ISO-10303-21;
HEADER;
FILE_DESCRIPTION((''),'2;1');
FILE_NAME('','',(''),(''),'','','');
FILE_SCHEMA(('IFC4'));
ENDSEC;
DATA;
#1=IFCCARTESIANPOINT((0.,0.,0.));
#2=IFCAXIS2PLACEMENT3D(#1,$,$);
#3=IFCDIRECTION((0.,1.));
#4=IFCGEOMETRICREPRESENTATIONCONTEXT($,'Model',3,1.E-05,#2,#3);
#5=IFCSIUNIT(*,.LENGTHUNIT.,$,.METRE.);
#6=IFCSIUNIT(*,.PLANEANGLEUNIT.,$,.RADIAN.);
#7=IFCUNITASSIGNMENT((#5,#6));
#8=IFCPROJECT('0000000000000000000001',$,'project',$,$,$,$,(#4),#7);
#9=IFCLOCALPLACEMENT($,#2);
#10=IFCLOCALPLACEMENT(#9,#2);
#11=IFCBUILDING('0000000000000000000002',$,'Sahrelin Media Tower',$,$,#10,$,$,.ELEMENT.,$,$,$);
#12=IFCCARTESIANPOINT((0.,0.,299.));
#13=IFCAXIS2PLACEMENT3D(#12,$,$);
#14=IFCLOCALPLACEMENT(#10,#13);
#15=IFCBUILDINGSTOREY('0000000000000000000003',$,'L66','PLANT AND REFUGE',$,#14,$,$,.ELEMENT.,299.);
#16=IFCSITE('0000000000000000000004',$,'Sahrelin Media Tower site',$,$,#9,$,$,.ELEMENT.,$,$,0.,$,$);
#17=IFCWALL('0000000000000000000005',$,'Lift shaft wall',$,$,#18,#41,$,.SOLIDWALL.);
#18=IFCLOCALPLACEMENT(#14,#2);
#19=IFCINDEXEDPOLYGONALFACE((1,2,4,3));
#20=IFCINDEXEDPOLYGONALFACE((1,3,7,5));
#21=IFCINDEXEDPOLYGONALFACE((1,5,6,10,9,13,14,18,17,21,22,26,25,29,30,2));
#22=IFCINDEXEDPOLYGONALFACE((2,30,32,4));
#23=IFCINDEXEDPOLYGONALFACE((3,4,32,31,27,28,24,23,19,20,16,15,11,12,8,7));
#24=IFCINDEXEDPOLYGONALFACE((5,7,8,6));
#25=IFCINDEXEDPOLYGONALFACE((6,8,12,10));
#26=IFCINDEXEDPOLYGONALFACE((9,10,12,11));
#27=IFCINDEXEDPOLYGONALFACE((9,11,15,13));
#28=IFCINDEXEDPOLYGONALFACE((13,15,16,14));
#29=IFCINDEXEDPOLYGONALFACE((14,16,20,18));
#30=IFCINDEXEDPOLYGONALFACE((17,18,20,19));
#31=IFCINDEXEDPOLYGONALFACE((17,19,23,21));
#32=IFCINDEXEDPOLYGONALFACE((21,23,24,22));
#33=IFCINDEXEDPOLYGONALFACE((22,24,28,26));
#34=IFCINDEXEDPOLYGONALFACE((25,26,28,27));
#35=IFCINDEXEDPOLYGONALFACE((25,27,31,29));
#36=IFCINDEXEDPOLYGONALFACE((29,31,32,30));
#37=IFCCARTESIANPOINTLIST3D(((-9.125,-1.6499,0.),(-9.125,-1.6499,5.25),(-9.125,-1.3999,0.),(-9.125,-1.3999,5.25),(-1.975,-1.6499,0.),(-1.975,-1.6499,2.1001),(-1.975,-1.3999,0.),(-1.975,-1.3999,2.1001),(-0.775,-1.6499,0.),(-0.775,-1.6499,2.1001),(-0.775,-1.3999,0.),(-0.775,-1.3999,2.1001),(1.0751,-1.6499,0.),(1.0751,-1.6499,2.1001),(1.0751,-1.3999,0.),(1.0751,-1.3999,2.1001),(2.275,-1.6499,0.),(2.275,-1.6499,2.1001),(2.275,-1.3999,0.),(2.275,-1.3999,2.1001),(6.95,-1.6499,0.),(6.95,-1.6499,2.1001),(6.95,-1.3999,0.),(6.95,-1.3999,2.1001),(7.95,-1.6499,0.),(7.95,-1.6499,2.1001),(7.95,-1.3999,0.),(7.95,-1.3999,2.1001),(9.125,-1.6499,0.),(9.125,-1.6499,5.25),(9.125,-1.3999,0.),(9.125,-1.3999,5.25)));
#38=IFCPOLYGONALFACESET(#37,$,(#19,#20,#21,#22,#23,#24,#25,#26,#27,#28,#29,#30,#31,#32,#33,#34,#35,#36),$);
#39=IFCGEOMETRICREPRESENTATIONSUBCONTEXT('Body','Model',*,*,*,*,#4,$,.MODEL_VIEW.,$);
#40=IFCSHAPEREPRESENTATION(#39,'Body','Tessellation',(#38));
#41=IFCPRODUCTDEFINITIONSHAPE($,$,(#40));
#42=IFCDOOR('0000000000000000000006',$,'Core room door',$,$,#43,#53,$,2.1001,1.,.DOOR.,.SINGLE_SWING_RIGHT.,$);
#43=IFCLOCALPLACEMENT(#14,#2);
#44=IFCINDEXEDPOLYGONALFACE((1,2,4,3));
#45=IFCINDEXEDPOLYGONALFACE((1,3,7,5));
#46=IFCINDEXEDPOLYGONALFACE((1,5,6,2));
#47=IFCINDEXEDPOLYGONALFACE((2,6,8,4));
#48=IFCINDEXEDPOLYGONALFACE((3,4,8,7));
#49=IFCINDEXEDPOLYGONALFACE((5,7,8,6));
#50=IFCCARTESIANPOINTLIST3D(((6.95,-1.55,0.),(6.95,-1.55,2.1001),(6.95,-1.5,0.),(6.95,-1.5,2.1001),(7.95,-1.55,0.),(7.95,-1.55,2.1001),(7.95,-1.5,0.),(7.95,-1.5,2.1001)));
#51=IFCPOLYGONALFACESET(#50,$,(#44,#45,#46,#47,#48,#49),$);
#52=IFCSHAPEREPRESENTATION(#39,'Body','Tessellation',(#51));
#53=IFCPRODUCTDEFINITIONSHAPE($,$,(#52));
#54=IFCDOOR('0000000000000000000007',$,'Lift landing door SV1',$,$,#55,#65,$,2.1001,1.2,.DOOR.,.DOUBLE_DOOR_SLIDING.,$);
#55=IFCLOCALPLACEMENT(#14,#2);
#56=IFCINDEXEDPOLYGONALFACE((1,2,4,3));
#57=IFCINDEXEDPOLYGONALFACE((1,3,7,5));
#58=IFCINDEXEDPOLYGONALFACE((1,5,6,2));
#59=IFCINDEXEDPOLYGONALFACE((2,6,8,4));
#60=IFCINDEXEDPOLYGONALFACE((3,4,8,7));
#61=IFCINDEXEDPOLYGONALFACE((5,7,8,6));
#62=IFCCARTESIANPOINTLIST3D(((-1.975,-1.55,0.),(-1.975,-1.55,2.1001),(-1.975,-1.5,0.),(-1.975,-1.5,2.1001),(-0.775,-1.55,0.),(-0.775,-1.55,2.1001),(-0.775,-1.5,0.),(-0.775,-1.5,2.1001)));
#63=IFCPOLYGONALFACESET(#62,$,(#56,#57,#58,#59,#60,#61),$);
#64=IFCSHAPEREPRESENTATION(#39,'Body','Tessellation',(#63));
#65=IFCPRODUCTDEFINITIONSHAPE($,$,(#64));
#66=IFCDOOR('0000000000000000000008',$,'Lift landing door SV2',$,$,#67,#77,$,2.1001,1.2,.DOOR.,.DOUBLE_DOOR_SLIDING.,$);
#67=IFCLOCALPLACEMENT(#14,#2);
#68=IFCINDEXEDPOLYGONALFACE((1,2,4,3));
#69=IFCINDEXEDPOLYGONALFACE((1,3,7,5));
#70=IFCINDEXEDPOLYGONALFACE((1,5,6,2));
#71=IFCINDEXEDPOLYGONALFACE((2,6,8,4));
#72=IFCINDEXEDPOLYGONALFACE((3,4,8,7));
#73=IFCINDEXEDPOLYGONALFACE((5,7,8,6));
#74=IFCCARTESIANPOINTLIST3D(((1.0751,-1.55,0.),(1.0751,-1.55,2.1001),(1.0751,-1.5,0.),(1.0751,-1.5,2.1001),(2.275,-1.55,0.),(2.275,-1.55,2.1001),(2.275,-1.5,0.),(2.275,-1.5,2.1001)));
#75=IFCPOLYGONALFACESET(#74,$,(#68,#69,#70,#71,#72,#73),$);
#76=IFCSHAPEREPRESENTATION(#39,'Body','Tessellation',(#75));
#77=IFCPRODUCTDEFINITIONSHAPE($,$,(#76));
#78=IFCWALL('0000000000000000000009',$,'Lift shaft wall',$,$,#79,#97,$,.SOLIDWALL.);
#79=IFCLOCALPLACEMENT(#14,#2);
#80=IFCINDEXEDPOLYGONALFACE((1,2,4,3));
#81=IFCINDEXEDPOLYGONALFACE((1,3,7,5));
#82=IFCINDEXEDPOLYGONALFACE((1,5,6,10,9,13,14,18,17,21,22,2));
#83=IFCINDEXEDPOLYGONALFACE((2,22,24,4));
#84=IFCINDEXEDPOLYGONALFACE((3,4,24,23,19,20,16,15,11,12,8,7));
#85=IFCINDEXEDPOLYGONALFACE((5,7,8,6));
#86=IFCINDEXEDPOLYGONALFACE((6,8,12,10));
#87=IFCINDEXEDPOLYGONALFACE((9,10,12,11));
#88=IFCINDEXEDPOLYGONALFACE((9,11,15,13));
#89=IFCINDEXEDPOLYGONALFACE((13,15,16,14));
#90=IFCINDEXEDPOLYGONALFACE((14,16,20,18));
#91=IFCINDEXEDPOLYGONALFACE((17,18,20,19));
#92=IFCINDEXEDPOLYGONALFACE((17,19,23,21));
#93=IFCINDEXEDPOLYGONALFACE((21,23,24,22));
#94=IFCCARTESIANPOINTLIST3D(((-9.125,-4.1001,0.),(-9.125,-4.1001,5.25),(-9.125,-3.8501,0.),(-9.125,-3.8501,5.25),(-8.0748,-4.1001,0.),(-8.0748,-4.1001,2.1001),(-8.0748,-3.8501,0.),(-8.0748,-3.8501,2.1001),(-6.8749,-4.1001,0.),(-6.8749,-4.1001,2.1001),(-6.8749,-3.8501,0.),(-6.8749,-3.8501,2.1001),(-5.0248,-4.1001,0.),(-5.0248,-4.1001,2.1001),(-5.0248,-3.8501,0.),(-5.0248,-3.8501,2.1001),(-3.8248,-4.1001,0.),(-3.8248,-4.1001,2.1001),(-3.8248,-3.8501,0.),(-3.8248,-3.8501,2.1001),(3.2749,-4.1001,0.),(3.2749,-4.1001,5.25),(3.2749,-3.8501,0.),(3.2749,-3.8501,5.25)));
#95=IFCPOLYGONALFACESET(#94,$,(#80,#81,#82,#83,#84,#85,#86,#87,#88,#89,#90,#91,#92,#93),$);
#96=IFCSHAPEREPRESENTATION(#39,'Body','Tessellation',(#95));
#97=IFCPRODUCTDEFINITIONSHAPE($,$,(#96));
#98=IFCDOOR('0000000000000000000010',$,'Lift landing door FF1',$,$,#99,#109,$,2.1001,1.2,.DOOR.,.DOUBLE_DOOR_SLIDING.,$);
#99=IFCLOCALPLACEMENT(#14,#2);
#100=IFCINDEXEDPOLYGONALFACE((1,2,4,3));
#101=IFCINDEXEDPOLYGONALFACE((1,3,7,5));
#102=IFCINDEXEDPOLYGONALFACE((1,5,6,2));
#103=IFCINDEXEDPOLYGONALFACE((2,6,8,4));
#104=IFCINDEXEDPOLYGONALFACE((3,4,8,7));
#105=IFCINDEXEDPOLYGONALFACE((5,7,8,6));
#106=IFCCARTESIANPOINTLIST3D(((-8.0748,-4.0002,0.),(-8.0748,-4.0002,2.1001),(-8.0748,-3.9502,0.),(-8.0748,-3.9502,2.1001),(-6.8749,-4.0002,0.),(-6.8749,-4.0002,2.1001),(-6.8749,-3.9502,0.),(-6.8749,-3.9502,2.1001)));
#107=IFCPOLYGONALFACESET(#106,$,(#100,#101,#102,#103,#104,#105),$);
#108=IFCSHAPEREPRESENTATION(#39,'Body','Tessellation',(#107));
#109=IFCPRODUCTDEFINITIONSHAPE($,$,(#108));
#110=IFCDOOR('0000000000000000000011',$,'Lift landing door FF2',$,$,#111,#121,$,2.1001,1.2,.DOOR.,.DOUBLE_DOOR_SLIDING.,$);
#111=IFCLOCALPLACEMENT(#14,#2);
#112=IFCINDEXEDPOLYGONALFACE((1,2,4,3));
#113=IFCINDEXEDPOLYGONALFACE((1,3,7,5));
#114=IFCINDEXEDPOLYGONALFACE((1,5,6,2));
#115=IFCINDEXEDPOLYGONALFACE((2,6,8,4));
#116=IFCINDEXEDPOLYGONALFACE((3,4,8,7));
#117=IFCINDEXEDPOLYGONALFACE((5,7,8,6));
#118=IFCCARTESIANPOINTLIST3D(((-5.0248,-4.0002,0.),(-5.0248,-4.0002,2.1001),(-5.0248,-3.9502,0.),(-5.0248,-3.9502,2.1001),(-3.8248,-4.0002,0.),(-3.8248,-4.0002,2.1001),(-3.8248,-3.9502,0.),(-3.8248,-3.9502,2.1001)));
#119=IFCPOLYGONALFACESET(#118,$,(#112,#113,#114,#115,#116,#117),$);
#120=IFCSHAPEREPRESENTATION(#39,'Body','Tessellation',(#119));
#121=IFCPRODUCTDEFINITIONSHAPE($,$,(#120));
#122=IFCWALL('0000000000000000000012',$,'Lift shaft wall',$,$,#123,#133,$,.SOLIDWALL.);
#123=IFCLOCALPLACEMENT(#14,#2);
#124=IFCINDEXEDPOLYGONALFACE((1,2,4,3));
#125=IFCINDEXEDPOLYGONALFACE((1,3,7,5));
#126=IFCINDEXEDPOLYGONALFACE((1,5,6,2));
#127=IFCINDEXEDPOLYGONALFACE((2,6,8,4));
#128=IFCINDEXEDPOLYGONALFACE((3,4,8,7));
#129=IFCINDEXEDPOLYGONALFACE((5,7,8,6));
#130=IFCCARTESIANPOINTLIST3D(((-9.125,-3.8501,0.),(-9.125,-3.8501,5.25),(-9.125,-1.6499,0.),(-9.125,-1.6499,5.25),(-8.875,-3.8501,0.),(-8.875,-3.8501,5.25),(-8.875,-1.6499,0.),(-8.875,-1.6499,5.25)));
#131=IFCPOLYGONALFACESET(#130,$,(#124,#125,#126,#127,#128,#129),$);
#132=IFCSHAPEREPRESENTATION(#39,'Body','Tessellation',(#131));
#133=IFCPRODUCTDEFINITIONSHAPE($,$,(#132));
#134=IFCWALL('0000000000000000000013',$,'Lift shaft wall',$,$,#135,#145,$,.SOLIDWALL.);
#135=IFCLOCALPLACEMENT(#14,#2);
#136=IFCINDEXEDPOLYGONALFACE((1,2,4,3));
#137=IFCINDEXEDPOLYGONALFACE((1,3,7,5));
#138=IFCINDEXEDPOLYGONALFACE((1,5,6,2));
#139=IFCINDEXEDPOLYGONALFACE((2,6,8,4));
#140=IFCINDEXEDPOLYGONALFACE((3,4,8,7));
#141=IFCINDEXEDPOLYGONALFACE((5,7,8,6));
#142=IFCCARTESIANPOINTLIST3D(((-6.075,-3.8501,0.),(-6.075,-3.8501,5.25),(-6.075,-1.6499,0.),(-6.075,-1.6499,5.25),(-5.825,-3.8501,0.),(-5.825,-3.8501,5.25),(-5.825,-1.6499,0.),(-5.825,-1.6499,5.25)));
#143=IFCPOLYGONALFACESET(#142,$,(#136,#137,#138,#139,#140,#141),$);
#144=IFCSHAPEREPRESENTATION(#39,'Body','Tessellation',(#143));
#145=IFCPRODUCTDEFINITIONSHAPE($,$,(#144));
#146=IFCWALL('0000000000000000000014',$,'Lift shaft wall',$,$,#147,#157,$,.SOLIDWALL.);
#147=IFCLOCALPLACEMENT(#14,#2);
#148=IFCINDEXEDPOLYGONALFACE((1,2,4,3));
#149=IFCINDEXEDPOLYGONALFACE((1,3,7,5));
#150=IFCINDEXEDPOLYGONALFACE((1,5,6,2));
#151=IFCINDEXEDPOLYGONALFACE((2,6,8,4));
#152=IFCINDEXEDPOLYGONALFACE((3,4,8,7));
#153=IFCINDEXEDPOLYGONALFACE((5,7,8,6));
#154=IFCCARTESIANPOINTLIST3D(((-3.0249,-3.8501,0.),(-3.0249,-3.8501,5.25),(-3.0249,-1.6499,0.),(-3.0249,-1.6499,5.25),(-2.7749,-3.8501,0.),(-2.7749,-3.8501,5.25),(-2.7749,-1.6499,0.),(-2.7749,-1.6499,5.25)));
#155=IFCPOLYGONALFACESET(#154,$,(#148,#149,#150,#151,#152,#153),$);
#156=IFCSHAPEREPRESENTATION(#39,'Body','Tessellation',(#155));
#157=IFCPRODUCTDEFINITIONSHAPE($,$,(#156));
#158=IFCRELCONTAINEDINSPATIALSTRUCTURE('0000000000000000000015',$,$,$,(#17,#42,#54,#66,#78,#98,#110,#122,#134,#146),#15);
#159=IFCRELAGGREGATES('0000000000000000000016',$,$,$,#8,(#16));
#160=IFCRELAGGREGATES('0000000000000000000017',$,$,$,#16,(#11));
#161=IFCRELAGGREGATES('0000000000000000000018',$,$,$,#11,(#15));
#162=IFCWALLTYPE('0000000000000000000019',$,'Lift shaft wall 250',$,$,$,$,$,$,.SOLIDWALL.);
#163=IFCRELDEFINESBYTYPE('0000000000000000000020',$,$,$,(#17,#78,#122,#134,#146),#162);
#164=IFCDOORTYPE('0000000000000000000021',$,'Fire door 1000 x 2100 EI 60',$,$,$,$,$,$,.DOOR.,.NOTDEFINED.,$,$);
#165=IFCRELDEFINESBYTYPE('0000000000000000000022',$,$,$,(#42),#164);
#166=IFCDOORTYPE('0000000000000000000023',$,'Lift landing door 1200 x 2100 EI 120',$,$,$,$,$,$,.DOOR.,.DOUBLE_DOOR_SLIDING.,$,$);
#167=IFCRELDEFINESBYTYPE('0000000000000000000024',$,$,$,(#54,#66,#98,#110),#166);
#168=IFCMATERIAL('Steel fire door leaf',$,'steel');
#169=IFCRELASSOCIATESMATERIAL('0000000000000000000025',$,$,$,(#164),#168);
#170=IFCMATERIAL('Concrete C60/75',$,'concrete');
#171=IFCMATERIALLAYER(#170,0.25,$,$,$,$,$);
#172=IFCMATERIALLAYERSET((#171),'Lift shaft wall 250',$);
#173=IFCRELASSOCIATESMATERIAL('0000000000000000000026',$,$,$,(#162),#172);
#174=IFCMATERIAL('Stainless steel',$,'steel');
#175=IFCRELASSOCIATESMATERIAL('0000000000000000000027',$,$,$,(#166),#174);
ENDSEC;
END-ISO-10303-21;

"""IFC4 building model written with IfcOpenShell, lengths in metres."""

from ifc_helpers import new_model, si_unit, direction, frame, frame_2d, origin, place, context, subcontext, project, spatial, rectangle, extrude, material, layer, layer_set, type_object, element, fill, save


model = new_model("IFC4")

# Units and contexts
model_context = context("Model", 3, precision=1e-05, world=origin(), true_north=direction((0.0, 1.0)))
body_context = subcontext(model_context, "Body", "Model", "MODEL_VIEW")
ifc_project = project(units=[si_unit("LENGTHUNIT", "METRE"), si_unit("PLANEANGLEUNIT", "RADIAN")], contexts=[model_context])

# Site, building, storey
site_placement = place(None, origin())
site = spatial("IfcSite", under=ifc_project, at=site_placement, Name="Sahrelin Media Tower site", CompositionType="ELEMENT", RefElevation=0.0)
building_placement = place(site_placement, origin())
building = spatial("IfcBuilding", under=site, at=building_placement, Name="Sahrelin Media Tower", CompositionType="ELEMENT")
storey_placement = place(building_placement, frame((0.0, 0.0, 299.0)))
storey = spatial("IfcBuildingStorey", under=building, at=storey_placement, Name="L66", Description="PLANT AND REFUGE", CompositionType="ELEMENT", Elevation=299.0)

# Shared definitions
ifc_material_1 = material(Name="Concrete C60/75", Category="concrete")
ifc_material_2 = material(Name="Steel fire door leaf", Category="steel")
door_type_1 = type_object("IfcDoorType", Name="Fire door 1000 x 2100 EI 60", OperationType="NOTDEFINED", PredefinedType="DOOR", material=ifc_material_2)

# Walls, openings, doors
ifc_layer_1 = layer(ifc_material_1, 0.25)
ifc_layer_set_1 = layer_set([ifc_layer_1], Name="Lift shaft wall 250")
wall_type_1 = type_object("IfcWallType", Name="Lift shaft wall 250", PredefinedType="SOLIDWALL", material=ifc_layer_set_1)
wall_1_placement = place(storey_placement, frame((-9.125, -1.5249, 0.0), z_axis=(0.0, 0.0, 1.0), x_axis=(1.0, 0.0, 0.0)))
wall_1 = element("IfcWall", 1, at=wall_1_placement, inside=storey, type_object=wall_type_1, Name="Lift shaft wall", PredefinedType="SOLIDWALL", context=body_context, shape_type="SweptSolid", body=[
    extrude(rectangle(XDim=18.25, YDim=0.25, at=frame_2d((9.125, 0.0))), origin(), (0.0, 0.0, 1.0), 5.25),
])
opening_1_placement = place(wall_1_placement, frame((7.1499, 0.0, 0.0)))
opening_1 = element("IfcOpeningElement", 2, at=opening_1_placement, cuts=wall_1, PredefinedType="OPENING", context=body_context, shape_type="SweptSolid", body=[
    extrude(rectangle(XDim=1.2, YDim=2.1001, at=frame_2d((0.6001, 1.05))), frame((0.0, 0.125, 0.0), z_axis=(0.0, -1.0, 0.0), x_axis=(1.0, 0.0, 0.0)), (0.0, 0.0, 1.0), 0.25),
])
opening_2_placement = place(wall_1_placement, frame((10.2, 0.0, 0.0)))
opening_2 = element("IfcOpeningElement", 3, at=opening_2_placement, cuts=wall_1, PredefinedType="OPENING", context=body_context, shape_type="SweptSolid", body=[
    extrude(rectangle(XDim=1.2, YDim=2.1001, at=frame_2d((0.6001, 1.05))), frame((0.0, 0.125, 0.0), z_axis=(0.0, -1.0, 0.0), x_axis=(1.0, 0.0, 0.0)), (0.0, 0.0, 1.0), 0.25),
])
opening_3_placement = place(wall_1_placement, frame((16.075, 0.0, 0.0)))
opening_3 = element("IfcOpeningElement", 4, at=opening_3_placement, cuts=wall_1, PredefinedType="OPENING", context=body_context, shape_type="SweptSolid", body=[
    extrude(rectangle(XDim=1.0, YDim=2.1001, at=frame_2d((0.5, 1.05))), frame((0.0, 0.125, 0.0), z_axis=(0.0, -1.0, 0.0), x_axis=(1.0, 0.0, 0.0)), (0.0, 0.0, 1.0), 0.25),
])
door_1_placement = place(opening_3_placement, origin())
door_1 = element("IfcDoor", 5, at=door_1_placement, inside=storey, type_object=door_type_1, Name="Core room door", OperationType="SINGLE_SWING_RIGHT", OverallHeight=2.1001, OverallWidth=1.0, PredefinedType="DOOR", context=body_context, shape_type="SweptSolid", body=[
    extrude(rectangle(XDim=1.0, YDim=2.1001, at=frame_2d((0.5, 1.05))), frame((0.0, 0.0249, 0.0), z_axis=(0.0, -1.0, 0.0), x_axis=(1.0, 0.0, 0.0)), (0.0, 0.0, 1.0), 0.05),
])
fill(opening_3, door_1)
ifc_material_3 = material(Name="Stainless steel", Category="steel")
door_type_2 = type_object("IfcDoorType", Name="Lift landing door 1200 x 2100 EI 120", OperationType="DOUBLE_DOOR_SLIDING", PredefinedType="DOOR", material=ifc_material_3)
door_2_placement = place(opening_1_placement, origin())
door_2 = element("IfcDoor", 6, at=door_2_placement, inside=storey, type_object=door_type_2, Name="Lift landing door SV1", OperationType="DOUBLE_DOOR_SLIDING", OverallHeight=2.1001, OverallWidth=1.2, PredefinedType="DOOR", context=body_context, shape_type="SweptSolid", body=[
    extrude(rectangle(XDim=1.2, YDim=2.1001, at=frame_2d((0.6001, 1.05))), frame((0.0, 0.0249, 0.0), z_axis=(0.0, -1.0, 0.0), x_axis=(1.0, 0.0, 0.0)), (0.0, 0.0, 1.0), 0.05),
])
fill(opening_1, door_2)
door_3_placement = place(opening_2_placement, origin())
door_3 = element("IfcDoor", 7, at=door_3_placement, inside=storey, type_object=door_type_2, Name="Lift landing door SV2", OperationType="DOUBLE_DOOR_SLIDING", OverallHeight=2.1001, OverallWidth=1.2, PredefinedType="DOOR", context=body_context, shape_type="SweptSolid", body=[
    extrude(rectangle(XDim=1.2, YDim=2.1001, at=frame_2d((0.6001, 1.05))), frame((0.0, 0.0249, 0.0), z_axis=(0.0, -1.0, 0.0), x_axis=(1.0, 0.0, 0.0)), (0.0, 0.0, 1.0), 0.05),
])
fill(opening_2, door_3)
wall_2_placement = place(storey_placement, frame((-9.125, -3.9751, 0.0), z_axis=(0.0, 0.0, 1.0), x_axis=(1.0, 0.0, 0.0)))
wall_2 = element("IfcWall", 8, at=wall_2_placement, inside=storey, type_object=wall_type_1, Name="Lift shaft wall", PredefinedType="SOLIDWALL", context=body_context, shape_type="SweptSolid", body=[
    extrude(rectangle(XDim=12.3999, YDim=0.25, at=frame_2d((6.2, 0.0))), origin(), (0.0, 0.0, 1.0), 5.25),
])
opening_4_placement = place(wall_2_placement, frame((1.05, 0.0, 0.0)))
opening_4 = element("IfcOpeningElement", 9, at=opening_4_placement, cuts=wall_2, PredefinedType="OPENING", context=body_context, shape_type="SweptSolid", body=[
    extrude(rectangle(XDim=1.2, YDim=2.1001, at=frame_2d((0.6001, 1.05))), frame((0.0, 0.125, 0.0), z_axis=(0.0, -1.0, 0.0), x_axis=(1.0, 0.0, 0.0)), (0.0, 0.0, 1.0), 0.25),
])
opening_5_placement = place(wall_2_placement, frame((4.1001, 0.0, 0.0)))
opening_5 = element("IfcOpeningElement", 10, at=opening_5_placement, cuts=wall_2, PredefinedType="OPENING", context=body_context, shape_type="SweptSolid", body=[
    extrude(rectangle(XDim=1.2, YDim=2.1001, at=frame_2d((0.6001, 1.05))), frame((0.0, 0.125, 0.0), z_axis=(0.0, -1.0, 0.0), x_axis=(1.0, 0.0, 0.0)), (0.0, 0.0, 1.0), 0.25),
])
door_4_placement = place(opening_4_placement, origin())
door_4 = element("IfcDoor", 11, at=door_4_placement, inside=storey, type_object=door_type_2, Name="Lift landing door FF1", OperationType="DOUBLE_DOOR_SLIDING", OverallHeight=2.1001, OverallWidth=1.2, PredefinedType="DOOR", context=body_context, shape_type="SweptSolid", body=[
    extrude(rectangle(XDim=1.2, YDim=2.1001, at=frame_2d((0.6001, 1.05))), frame((0.0, 0.0249, 0.0), z_axis=(0.0, -1.0, 0.0), x_axis=(1.0, 0.0, 0.0)), (0.0, 0.0, 1.0), 0.05),
])
fill(opening_4, door_4)
door_5_placement = place(opening_5_placement, origin())
door_5 = element("IfcDoor", 12, at=door_5_placement, inside=storey, type_object=door_type_2, Name="Lift landing door FF2", OperationType="DOUBLE_DOOR_SLIDING", OverallHeight=2.1001, OverallWidth=1.2, PredefinedType="DOOR", context=body_context, shape_type="SweptSolid", body=[
    extrude(rectangle(XDim=1.2, YDim=2.1001, at=frame_2d((0.6001, 1.05))), frame((0.0, 0.0249, 0.0), z_axis=(0.0, -1.0, 0.0), x_axis=(1.0, 0.0, 0.0)), (0.0, 0.0, 1.0), 0.05),
])
fill(opening_5, door_5)

# Walls
for number, where, z_axis, x_axis, name in (
    (13, (-9.0, -3.8501, 0.0), (0.0, 0.0, 1.0), (0.0, 1.0, 0.0), "Lift shaft wall"),
    (14, (-5.95, -3.8501, 0.0), (0.0, 0.0, 1.0), (0.0, 1.0, 0.0), "Lift shaft wall"),
    (15, (-2.8999, -3.8501, 0.0), (0.0, 0.0, 1.0), (0.0, 1.0, 0.0), "Lift shaft wall"),
):
    element("IfcWall", number, at=place(storey_placement, frame(where, z_axis=z_axis, x_axis=x_axis)), inside=storey, type_object=wall_type_1, Name=name, PredefinedType="SOLIDWALL", context=body_context, shape_type="SweptSolid", body=[
        extrude(rectangle(XDim=2.2002, YDim=0.25, at=frame_2d((1.1001, 0.0))), origin(), (0.0, 0.0, 1.0), 5.25),
    ])

save(model, "model.ifc")
